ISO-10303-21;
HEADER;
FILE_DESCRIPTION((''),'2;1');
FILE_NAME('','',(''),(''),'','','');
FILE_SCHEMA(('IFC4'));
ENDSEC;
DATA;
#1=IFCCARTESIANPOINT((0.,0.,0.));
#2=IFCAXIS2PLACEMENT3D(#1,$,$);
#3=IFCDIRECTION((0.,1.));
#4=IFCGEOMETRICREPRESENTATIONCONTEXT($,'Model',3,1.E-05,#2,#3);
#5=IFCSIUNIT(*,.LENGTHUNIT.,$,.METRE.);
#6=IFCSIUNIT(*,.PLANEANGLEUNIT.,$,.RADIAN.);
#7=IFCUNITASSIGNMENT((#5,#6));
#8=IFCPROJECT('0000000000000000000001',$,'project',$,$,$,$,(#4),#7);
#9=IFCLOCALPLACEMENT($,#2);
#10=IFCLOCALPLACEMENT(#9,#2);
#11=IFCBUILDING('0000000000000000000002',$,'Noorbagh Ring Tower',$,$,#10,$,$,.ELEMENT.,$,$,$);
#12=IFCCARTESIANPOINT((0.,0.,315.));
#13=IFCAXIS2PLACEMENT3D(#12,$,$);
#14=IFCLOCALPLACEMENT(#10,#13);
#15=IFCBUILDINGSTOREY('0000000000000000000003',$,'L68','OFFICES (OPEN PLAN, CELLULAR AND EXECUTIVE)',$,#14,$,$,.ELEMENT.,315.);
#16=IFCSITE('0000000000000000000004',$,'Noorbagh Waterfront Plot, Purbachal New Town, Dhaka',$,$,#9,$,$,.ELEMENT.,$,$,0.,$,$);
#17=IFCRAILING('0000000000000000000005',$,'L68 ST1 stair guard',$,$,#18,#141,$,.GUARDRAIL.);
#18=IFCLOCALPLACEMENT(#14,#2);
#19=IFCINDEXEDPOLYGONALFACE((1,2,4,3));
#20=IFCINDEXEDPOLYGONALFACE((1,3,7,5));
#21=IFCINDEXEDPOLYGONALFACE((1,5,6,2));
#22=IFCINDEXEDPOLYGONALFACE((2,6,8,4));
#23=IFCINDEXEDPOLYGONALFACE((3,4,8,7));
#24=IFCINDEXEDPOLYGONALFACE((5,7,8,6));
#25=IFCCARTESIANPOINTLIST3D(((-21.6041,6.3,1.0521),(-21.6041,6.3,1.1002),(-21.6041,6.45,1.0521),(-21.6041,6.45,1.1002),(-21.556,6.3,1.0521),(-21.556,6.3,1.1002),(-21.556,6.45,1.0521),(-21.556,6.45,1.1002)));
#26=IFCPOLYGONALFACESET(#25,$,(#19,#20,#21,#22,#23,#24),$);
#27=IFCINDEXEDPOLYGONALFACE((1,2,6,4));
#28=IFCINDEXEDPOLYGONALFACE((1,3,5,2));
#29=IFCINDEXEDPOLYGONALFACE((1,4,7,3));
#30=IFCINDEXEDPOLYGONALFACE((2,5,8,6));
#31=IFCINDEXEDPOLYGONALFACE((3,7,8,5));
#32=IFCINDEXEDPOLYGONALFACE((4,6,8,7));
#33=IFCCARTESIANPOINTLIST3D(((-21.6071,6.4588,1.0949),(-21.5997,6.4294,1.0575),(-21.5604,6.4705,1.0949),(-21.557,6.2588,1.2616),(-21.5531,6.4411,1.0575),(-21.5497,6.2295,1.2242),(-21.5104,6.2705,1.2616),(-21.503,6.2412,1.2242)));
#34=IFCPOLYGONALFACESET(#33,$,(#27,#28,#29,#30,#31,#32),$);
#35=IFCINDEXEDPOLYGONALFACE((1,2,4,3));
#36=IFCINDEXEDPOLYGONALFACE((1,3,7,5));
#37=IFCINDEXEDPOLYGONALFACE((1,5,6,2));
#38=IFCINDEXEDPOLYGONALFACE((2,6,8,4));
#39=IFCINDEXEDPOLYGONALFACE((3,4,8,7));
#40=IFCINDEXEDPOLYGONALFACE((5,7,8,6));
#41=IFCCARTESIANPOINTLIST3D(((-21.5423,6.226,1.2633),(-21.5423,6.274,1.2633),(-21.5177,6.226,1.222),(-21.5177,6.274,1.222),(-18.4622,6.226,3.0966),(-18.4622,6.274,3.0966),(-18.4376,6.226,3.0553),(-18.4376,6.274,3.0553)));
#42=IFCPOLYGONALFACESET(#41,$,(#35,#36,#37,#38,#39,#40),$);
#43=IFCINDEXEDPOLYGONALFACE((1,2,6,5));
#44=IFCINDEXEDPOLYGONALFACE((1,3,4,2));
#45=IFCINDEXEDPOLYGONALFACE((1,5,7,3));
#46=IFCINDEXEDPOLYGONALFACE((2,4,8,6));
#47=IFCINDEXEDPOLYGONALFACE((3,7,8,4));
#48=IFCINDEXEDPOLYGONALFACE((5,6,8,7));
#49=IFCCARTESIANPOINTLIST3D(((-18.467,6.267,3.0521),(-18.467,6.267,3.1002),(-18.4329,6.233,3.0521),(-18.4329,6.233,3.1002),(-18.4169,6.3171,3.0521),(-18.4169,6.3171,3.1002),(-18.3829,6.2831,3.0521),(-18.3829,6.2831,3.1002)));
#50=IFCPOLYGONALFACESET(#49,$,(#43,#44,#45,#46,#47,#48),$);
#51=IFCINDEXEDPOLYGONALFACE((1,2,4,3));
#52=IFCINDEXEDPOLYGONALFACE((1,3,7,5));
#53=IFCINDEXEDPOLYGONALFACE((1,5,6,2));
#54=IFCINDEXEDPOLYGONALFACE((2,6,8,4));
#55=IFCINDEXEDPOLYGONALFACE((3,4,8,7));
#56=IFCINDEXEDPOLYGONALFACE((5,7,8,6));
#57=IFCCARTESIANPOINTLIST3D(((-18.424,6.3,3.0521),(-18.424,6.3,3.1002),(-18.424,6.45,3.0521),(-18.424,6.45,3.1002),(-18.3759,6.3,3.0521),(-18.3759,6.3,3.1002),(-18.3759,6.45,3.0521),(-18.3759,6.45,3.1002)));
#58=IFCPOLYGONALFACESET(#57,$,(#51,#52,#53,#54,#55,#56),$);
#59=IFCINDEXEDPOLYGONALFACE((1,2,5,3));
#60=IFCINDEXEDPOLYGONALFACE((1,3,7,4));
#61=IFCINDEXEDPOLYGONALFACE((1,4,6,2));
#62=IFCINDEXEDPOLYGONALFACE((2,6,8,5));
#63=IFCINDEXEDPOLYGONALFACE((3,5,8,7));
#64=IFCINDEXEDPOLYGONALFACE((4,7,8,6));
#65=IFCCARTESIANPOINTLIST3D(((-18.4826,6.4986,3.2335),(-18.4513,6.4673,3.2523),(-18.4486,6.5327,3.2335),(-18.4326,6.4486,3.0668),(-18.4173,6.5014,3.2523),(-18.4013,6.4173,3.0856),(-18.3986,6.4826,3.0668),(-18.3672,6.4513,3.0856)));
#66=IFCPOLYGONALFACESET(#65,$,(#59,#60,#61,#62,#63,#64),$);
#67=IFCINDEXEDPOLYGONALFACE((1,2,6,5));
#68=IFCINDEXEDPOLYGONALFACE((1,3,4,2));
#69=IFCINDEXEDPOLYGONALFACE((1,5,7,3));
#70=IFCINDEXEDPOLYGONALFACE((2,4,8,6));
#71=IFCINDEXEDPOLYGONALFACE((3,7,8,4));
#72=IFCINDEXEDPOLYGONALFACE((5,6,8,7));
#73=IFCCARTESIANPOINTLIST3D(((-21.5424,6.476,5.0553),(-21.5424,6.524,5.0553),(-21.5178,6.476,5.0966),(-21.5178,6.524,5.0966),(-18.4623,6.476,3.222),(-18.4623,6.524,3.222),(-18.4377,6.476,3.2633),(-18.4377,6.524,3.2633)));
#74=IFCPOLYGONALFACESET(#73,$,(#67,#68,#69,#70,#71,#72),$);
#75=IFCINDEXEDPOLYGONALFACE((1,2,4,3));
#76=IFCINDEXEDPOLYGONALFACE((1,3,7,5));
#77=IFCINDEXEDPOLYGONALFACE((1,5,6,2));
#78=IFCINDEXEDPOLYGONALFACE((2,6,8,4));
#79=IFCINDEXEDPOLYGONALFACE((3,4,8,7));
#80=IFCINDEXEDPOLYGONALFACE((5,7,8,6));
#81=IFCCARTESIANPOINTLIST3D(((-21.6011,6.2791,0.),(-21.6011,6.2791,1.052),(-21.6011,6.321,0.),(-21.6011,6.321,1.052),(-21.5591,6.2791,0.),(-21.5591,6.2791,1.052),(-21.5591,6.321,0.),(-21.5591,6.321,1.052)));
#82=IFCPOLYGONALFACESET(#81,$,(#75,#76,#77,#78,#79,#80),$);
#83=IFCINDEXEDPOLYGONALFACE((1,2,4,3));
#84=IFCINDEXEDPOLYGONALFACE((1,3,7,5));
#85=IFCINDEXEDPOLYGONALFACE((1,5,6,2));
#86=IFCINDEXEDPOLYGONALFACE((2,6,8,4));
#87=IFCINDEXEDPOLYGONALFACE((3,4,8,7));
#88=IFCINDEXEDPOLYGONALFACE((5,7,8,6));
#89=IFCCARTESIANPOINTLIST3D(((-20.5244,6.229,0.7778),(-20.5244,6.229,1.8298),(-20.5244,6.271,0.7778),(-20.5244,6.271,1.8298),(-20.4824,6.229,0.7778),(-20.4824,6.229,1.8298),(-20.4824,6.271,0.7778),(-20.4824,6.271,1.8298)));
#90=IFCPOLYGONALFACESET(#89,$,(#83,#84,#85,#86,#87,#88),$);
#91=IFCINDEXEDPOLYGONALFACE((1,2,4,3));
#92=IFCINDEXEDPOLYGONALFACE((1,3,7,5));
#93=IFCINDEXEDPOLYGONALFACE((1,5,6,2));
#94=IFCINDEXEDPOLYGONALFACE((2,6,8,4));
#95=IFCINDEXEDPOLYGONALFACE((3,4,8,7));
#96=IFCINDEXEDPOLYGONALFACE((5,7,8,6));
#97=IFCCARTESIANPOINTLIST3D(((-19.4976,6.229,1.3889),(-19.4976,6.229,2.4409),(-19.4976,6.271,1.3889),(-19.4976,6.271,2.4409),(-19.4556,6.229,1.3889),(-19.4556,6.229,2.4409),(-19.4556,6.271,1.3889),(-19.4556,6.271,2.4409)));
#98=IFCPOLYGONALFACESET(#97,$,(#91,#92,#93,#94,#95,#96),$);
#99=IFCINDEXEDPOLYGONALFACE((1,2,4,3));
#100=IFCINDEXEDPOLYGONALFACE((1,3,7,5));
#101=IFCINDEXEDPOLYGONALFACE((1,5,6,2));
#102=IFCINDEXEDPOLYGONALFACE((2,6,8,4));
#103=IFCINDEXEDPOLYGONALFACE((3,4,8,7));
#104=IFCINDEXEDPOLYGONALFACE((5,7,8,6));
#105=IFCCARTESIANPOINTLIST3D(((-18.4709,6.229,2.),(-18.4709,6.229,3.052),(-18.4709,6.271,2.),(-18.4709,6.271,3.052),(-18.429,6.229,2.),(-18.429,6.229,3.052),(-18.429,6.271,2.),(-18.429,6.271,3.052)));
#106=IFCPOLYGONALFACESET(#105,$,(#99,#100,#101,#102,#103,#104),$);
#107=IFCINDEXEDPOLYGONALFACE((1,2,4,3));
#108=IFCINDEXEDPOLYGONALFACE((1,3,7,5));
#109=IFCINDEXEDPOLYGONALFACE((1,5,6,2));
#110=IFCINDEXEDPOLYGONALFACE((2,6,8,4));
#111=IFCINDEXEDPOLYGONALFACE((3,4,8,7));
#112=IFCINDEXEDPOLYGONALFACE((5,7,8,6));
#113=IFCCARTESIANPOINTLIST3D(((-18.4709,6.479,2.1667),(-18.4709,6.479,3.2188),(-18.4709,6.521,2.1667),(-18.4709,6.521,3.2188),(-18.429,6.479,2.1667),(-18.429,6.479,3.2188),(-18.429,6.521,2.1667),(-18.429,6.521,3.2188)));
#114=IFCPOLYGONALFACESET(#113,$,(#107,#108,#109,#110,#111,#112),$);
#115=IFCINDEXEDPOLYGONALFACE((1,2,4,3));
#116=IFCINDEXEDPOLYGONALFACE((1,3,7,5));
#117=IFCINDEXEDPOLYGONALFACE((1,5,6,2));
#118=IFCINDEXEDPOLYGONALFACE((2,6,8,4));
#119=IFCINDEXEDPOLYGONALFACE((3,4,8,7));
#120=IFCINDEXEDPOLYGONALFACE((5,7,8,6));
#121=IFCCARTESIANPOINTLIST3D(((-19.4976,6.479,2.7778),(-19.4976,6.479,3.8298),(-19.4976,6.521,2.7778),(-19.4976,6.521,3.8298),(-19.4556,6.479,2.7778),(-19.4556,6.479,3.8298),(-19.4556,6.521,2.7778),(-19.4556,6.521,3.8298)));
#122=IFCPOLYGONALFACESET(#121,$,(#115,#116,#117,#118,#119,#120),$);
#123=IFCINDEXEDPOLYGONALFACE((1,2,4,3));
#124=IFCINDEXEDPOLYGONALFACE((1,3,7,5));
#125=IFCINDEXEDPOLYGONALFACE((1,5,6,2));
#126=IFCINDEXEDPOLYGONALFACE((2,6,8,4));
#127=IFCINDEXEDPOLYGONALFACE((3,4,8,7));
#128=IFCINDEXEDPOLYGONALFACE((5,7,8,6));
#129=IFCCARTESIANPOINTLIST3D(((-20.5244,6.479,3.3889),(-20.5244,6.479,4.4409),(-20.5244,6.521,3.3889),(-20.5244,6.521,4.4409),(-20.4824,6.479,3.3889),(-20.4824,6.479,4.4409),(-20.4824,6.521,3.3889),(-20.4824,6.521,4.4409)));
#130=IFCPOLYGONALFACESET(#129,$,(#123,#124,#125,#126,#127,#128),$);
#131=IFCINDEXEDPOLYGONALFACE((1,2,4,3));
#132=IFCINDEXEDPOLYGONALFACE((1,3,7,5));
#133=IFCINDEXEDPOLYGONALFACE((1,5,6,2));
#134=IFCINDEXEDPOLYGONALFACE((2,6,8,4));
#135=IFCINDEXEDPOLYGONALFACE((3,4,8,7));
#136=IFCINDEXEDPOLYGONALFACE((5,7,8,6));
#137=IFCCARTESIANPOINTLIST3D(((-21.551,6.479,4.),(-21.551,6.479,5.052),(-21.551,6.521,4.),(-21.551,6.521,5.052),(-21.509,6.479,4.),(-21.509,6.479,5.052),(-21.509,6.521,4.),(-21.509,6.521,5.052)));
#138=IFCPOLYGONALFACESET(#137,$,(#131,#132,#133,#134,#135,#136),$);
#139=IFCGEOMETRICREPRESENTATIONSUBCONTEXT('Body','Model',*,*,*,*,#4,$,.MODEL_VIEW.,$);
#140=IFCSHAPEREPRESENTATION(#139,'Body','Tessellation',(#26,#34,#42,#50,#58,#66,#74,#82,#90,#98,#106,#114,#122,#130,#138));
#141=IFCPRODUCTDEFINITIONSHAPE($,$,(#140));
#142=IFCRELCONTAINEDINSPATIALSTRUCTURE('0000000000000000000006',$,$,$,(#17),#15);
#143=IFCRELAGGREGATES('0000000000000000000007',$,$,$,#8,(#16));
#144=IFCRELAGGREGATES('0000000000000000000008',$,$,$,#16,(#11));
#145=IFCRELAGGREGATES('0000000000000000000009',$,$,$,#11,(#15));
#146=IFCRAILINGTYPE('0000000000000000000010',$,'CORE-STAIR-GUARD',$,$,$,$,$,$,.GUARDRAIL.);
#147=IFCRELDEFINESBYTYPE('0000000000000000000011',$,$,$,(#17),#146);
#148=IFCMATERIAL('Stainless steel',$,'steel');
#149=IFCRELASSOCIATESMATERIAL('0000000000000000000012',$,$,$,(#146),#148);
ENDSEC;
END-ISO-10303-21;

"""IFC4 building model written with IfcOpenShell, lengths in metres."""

from ifc_helpers import new_model, si_unit, direction, frame, origin, origin_2d, place, context, subcontext, project, spatial, rectangle, extrude, material, type_object, element, save


model = new_model("IFC4")

# Units and contexts
model_context = context("Model", 3, precision=1e-05, world=origin(), true_north=direction((0.0, 1.0)))
body_context = subcontext(model_context, "Body", "Model", "MODEL_VIEW")
ifc_project = project(units=[si_unit("LENGTHUNIT", "METRE"), si_unit("PLANEANGLEUNIT", "RADIAN")], contexts=[model_context])

# Site, building, storey
site_placement = place(None, origin())
site = spatial("IfcSite", under=ifc_project, at=site_placement, Name="Noorbagh Waterfront Plot, Purbachal New Town, Dhaka", CompositionType="ELEMENT", RefElevation=0.0)
building_placement = place(site_placement, origin())
building = spatial("IfcBuilding", under=site, at=building_placement, Name="Noorbagh Ring Tower", CompositionType="ELEMENT")
storey_placement = place(building_placement, frame((0.0, 0.0, 315.0)))
storey = spatial("IfcBuildingStorey", under=building, at=storey_placement, Name="L68", Description="OFFICES (OPEN PLAN, CELLULAR AND EXECUTIVE)", CompositionType="ELEMENT", Elevation=315.0)

# Railing
ifc_material_1 = material(Name="Stainless steel", Category="steel")
railing_type_1 = type_object("IfcRailingType", Name="CORE-STAIR-GUARD", PredefinedType="GUARDRAIL", material=ifc_material_1)
railing_1_placement = place(storey_placement, frame((-21.5801, 6.3, 0.0)))
element("IfcRailing", 1, at=railing_1_placement, inside=storey, type_object=railing_type_1, Name="L68 ST1 stair guard", PredefinedType="GUARDRAIL", context=body_context, shape_type="SweptSolid", body=[
    extrude(rectangle(XDim=0.0481, YDim=0.0481, at=origin_2d()), frame((0.0, 0.0, 1.0762), z_axis=(0.0, 1.0, 0.0), x_axis=(-1.0, 0.0, 0.0)), (0.0, 0.0, 1.0), 0.1499),
    extrude(rectangle(XDim=0.0481, YDim=0.0481, at=origin_2d()), frame((0.0, 0.1499, 1.0762), z_axis=(0.188776, -0.754182, 0.628946), x_axis=(0.970073, 0.242814, 0.0)), (0.0, 0.0, 1.0), 0.2651),
    extrude(rectangle(XDim=0.0481, YDim=0.0481, at=origin_2d()), frame((0.05, -0.05, 1.2427), z_axis=(0.859309, 0.0, 0.511458), x_axis=(0.0, 1.0, 0.0)), (0.0, 0.0, 1.0), 3.5845),
    extrude(rectangle(XDim=0.0481, YDim=0.0481, at=origin_2d()), frame((3.1301, -0.05, 3.0762), z_axis=(0.707107, 0.707107, 0.0), x_axis=(-0.707107, 0.707107, 0.0)), (0.0, 0.0, 1.0), 0.0708),
    extrude(rectangle(XDim=0.0481, YDim=0.0481, at=origin_2d()), frame((3.1802, 0.0, 3.0762), z_axis=(0.0, 1.0, 0.0), x_axis=(-1.0, 0.0, 0.0)), (0.0, 0.0, 1.0), 0.1499),
    extrude(rectangle(XDim=0.0481, YDim=0.0481, at=origin_2d()), frame((3.1802, 0.1499, 3.0762), z_axis=(-0.276287, 0.276287, 0.920506), x_axis=(-0.707107, -0.707107, 0.0)), (0.0, 0.0, 1.0), 0.1812),
    extrude(rectangle(XDim=0.0481, YDim=0.0481, at=origin_2d()), frame((3.1301, 0.2, 3.2427), z_axis=(-0.859309, 0.0, 0.511458), x_axis=(0.0, -1.0, 0.0)), (0.0, 0.0, 1.0), 3.5845),
    extrude(rectangle(XDim=0.042, YDim=0.042, at=origin_2d()), origin(), (0.0, 0.0, 1.0), 1.052),
    extrude(rectangle(XDim=0.042, YDim=0.042, at=origin_2d()), frame((1.0767, -0.05, 0.7778)), (0.0, 0.0, 1.0), 1.052),
    extrude(rectangle(XDim=0.042, YDim=0.042, at=origin_2d()), frame((2.1035, -0.05, 1.3889)), (0.0, 0.0, 1.0), 1.052),
    extrude(rectangle(XDim=0.042, YDim=0.042, at=origin_2d()), frame((3.1301, -0.05, 2.0)), (0.0, 0.0, 1.0), 1.052),
    extrude(rectangle(XDim=0.042, YDim=0.042, at=origin_2d()), frame((3.1301, 0.2, 2.1667)), (0.0, 0.0, 1.0), 1.052),
    extrude(rectangle(XDim=0.042, YDim=0.042, at=origin_2d()), frame((2.1035, 0.2, 2.7778)), (0.0, 0.0, 1.0), 1.052),
    extrude(rectangle(XDim=0.042, YDim=0.042, at=origin_2d()), frame((1.0767, 0.2, 3.3889)), (0.0, 0.0, 1.0), 1.052),
    extrude(rectangle(XDim=0.042, YDim=0.042, at=origin_2d()), frame((0.05, 0.2, 4.0)), (0.0, 0.0, 1.0), 1.052),
])

save(model, "model.ifc")
